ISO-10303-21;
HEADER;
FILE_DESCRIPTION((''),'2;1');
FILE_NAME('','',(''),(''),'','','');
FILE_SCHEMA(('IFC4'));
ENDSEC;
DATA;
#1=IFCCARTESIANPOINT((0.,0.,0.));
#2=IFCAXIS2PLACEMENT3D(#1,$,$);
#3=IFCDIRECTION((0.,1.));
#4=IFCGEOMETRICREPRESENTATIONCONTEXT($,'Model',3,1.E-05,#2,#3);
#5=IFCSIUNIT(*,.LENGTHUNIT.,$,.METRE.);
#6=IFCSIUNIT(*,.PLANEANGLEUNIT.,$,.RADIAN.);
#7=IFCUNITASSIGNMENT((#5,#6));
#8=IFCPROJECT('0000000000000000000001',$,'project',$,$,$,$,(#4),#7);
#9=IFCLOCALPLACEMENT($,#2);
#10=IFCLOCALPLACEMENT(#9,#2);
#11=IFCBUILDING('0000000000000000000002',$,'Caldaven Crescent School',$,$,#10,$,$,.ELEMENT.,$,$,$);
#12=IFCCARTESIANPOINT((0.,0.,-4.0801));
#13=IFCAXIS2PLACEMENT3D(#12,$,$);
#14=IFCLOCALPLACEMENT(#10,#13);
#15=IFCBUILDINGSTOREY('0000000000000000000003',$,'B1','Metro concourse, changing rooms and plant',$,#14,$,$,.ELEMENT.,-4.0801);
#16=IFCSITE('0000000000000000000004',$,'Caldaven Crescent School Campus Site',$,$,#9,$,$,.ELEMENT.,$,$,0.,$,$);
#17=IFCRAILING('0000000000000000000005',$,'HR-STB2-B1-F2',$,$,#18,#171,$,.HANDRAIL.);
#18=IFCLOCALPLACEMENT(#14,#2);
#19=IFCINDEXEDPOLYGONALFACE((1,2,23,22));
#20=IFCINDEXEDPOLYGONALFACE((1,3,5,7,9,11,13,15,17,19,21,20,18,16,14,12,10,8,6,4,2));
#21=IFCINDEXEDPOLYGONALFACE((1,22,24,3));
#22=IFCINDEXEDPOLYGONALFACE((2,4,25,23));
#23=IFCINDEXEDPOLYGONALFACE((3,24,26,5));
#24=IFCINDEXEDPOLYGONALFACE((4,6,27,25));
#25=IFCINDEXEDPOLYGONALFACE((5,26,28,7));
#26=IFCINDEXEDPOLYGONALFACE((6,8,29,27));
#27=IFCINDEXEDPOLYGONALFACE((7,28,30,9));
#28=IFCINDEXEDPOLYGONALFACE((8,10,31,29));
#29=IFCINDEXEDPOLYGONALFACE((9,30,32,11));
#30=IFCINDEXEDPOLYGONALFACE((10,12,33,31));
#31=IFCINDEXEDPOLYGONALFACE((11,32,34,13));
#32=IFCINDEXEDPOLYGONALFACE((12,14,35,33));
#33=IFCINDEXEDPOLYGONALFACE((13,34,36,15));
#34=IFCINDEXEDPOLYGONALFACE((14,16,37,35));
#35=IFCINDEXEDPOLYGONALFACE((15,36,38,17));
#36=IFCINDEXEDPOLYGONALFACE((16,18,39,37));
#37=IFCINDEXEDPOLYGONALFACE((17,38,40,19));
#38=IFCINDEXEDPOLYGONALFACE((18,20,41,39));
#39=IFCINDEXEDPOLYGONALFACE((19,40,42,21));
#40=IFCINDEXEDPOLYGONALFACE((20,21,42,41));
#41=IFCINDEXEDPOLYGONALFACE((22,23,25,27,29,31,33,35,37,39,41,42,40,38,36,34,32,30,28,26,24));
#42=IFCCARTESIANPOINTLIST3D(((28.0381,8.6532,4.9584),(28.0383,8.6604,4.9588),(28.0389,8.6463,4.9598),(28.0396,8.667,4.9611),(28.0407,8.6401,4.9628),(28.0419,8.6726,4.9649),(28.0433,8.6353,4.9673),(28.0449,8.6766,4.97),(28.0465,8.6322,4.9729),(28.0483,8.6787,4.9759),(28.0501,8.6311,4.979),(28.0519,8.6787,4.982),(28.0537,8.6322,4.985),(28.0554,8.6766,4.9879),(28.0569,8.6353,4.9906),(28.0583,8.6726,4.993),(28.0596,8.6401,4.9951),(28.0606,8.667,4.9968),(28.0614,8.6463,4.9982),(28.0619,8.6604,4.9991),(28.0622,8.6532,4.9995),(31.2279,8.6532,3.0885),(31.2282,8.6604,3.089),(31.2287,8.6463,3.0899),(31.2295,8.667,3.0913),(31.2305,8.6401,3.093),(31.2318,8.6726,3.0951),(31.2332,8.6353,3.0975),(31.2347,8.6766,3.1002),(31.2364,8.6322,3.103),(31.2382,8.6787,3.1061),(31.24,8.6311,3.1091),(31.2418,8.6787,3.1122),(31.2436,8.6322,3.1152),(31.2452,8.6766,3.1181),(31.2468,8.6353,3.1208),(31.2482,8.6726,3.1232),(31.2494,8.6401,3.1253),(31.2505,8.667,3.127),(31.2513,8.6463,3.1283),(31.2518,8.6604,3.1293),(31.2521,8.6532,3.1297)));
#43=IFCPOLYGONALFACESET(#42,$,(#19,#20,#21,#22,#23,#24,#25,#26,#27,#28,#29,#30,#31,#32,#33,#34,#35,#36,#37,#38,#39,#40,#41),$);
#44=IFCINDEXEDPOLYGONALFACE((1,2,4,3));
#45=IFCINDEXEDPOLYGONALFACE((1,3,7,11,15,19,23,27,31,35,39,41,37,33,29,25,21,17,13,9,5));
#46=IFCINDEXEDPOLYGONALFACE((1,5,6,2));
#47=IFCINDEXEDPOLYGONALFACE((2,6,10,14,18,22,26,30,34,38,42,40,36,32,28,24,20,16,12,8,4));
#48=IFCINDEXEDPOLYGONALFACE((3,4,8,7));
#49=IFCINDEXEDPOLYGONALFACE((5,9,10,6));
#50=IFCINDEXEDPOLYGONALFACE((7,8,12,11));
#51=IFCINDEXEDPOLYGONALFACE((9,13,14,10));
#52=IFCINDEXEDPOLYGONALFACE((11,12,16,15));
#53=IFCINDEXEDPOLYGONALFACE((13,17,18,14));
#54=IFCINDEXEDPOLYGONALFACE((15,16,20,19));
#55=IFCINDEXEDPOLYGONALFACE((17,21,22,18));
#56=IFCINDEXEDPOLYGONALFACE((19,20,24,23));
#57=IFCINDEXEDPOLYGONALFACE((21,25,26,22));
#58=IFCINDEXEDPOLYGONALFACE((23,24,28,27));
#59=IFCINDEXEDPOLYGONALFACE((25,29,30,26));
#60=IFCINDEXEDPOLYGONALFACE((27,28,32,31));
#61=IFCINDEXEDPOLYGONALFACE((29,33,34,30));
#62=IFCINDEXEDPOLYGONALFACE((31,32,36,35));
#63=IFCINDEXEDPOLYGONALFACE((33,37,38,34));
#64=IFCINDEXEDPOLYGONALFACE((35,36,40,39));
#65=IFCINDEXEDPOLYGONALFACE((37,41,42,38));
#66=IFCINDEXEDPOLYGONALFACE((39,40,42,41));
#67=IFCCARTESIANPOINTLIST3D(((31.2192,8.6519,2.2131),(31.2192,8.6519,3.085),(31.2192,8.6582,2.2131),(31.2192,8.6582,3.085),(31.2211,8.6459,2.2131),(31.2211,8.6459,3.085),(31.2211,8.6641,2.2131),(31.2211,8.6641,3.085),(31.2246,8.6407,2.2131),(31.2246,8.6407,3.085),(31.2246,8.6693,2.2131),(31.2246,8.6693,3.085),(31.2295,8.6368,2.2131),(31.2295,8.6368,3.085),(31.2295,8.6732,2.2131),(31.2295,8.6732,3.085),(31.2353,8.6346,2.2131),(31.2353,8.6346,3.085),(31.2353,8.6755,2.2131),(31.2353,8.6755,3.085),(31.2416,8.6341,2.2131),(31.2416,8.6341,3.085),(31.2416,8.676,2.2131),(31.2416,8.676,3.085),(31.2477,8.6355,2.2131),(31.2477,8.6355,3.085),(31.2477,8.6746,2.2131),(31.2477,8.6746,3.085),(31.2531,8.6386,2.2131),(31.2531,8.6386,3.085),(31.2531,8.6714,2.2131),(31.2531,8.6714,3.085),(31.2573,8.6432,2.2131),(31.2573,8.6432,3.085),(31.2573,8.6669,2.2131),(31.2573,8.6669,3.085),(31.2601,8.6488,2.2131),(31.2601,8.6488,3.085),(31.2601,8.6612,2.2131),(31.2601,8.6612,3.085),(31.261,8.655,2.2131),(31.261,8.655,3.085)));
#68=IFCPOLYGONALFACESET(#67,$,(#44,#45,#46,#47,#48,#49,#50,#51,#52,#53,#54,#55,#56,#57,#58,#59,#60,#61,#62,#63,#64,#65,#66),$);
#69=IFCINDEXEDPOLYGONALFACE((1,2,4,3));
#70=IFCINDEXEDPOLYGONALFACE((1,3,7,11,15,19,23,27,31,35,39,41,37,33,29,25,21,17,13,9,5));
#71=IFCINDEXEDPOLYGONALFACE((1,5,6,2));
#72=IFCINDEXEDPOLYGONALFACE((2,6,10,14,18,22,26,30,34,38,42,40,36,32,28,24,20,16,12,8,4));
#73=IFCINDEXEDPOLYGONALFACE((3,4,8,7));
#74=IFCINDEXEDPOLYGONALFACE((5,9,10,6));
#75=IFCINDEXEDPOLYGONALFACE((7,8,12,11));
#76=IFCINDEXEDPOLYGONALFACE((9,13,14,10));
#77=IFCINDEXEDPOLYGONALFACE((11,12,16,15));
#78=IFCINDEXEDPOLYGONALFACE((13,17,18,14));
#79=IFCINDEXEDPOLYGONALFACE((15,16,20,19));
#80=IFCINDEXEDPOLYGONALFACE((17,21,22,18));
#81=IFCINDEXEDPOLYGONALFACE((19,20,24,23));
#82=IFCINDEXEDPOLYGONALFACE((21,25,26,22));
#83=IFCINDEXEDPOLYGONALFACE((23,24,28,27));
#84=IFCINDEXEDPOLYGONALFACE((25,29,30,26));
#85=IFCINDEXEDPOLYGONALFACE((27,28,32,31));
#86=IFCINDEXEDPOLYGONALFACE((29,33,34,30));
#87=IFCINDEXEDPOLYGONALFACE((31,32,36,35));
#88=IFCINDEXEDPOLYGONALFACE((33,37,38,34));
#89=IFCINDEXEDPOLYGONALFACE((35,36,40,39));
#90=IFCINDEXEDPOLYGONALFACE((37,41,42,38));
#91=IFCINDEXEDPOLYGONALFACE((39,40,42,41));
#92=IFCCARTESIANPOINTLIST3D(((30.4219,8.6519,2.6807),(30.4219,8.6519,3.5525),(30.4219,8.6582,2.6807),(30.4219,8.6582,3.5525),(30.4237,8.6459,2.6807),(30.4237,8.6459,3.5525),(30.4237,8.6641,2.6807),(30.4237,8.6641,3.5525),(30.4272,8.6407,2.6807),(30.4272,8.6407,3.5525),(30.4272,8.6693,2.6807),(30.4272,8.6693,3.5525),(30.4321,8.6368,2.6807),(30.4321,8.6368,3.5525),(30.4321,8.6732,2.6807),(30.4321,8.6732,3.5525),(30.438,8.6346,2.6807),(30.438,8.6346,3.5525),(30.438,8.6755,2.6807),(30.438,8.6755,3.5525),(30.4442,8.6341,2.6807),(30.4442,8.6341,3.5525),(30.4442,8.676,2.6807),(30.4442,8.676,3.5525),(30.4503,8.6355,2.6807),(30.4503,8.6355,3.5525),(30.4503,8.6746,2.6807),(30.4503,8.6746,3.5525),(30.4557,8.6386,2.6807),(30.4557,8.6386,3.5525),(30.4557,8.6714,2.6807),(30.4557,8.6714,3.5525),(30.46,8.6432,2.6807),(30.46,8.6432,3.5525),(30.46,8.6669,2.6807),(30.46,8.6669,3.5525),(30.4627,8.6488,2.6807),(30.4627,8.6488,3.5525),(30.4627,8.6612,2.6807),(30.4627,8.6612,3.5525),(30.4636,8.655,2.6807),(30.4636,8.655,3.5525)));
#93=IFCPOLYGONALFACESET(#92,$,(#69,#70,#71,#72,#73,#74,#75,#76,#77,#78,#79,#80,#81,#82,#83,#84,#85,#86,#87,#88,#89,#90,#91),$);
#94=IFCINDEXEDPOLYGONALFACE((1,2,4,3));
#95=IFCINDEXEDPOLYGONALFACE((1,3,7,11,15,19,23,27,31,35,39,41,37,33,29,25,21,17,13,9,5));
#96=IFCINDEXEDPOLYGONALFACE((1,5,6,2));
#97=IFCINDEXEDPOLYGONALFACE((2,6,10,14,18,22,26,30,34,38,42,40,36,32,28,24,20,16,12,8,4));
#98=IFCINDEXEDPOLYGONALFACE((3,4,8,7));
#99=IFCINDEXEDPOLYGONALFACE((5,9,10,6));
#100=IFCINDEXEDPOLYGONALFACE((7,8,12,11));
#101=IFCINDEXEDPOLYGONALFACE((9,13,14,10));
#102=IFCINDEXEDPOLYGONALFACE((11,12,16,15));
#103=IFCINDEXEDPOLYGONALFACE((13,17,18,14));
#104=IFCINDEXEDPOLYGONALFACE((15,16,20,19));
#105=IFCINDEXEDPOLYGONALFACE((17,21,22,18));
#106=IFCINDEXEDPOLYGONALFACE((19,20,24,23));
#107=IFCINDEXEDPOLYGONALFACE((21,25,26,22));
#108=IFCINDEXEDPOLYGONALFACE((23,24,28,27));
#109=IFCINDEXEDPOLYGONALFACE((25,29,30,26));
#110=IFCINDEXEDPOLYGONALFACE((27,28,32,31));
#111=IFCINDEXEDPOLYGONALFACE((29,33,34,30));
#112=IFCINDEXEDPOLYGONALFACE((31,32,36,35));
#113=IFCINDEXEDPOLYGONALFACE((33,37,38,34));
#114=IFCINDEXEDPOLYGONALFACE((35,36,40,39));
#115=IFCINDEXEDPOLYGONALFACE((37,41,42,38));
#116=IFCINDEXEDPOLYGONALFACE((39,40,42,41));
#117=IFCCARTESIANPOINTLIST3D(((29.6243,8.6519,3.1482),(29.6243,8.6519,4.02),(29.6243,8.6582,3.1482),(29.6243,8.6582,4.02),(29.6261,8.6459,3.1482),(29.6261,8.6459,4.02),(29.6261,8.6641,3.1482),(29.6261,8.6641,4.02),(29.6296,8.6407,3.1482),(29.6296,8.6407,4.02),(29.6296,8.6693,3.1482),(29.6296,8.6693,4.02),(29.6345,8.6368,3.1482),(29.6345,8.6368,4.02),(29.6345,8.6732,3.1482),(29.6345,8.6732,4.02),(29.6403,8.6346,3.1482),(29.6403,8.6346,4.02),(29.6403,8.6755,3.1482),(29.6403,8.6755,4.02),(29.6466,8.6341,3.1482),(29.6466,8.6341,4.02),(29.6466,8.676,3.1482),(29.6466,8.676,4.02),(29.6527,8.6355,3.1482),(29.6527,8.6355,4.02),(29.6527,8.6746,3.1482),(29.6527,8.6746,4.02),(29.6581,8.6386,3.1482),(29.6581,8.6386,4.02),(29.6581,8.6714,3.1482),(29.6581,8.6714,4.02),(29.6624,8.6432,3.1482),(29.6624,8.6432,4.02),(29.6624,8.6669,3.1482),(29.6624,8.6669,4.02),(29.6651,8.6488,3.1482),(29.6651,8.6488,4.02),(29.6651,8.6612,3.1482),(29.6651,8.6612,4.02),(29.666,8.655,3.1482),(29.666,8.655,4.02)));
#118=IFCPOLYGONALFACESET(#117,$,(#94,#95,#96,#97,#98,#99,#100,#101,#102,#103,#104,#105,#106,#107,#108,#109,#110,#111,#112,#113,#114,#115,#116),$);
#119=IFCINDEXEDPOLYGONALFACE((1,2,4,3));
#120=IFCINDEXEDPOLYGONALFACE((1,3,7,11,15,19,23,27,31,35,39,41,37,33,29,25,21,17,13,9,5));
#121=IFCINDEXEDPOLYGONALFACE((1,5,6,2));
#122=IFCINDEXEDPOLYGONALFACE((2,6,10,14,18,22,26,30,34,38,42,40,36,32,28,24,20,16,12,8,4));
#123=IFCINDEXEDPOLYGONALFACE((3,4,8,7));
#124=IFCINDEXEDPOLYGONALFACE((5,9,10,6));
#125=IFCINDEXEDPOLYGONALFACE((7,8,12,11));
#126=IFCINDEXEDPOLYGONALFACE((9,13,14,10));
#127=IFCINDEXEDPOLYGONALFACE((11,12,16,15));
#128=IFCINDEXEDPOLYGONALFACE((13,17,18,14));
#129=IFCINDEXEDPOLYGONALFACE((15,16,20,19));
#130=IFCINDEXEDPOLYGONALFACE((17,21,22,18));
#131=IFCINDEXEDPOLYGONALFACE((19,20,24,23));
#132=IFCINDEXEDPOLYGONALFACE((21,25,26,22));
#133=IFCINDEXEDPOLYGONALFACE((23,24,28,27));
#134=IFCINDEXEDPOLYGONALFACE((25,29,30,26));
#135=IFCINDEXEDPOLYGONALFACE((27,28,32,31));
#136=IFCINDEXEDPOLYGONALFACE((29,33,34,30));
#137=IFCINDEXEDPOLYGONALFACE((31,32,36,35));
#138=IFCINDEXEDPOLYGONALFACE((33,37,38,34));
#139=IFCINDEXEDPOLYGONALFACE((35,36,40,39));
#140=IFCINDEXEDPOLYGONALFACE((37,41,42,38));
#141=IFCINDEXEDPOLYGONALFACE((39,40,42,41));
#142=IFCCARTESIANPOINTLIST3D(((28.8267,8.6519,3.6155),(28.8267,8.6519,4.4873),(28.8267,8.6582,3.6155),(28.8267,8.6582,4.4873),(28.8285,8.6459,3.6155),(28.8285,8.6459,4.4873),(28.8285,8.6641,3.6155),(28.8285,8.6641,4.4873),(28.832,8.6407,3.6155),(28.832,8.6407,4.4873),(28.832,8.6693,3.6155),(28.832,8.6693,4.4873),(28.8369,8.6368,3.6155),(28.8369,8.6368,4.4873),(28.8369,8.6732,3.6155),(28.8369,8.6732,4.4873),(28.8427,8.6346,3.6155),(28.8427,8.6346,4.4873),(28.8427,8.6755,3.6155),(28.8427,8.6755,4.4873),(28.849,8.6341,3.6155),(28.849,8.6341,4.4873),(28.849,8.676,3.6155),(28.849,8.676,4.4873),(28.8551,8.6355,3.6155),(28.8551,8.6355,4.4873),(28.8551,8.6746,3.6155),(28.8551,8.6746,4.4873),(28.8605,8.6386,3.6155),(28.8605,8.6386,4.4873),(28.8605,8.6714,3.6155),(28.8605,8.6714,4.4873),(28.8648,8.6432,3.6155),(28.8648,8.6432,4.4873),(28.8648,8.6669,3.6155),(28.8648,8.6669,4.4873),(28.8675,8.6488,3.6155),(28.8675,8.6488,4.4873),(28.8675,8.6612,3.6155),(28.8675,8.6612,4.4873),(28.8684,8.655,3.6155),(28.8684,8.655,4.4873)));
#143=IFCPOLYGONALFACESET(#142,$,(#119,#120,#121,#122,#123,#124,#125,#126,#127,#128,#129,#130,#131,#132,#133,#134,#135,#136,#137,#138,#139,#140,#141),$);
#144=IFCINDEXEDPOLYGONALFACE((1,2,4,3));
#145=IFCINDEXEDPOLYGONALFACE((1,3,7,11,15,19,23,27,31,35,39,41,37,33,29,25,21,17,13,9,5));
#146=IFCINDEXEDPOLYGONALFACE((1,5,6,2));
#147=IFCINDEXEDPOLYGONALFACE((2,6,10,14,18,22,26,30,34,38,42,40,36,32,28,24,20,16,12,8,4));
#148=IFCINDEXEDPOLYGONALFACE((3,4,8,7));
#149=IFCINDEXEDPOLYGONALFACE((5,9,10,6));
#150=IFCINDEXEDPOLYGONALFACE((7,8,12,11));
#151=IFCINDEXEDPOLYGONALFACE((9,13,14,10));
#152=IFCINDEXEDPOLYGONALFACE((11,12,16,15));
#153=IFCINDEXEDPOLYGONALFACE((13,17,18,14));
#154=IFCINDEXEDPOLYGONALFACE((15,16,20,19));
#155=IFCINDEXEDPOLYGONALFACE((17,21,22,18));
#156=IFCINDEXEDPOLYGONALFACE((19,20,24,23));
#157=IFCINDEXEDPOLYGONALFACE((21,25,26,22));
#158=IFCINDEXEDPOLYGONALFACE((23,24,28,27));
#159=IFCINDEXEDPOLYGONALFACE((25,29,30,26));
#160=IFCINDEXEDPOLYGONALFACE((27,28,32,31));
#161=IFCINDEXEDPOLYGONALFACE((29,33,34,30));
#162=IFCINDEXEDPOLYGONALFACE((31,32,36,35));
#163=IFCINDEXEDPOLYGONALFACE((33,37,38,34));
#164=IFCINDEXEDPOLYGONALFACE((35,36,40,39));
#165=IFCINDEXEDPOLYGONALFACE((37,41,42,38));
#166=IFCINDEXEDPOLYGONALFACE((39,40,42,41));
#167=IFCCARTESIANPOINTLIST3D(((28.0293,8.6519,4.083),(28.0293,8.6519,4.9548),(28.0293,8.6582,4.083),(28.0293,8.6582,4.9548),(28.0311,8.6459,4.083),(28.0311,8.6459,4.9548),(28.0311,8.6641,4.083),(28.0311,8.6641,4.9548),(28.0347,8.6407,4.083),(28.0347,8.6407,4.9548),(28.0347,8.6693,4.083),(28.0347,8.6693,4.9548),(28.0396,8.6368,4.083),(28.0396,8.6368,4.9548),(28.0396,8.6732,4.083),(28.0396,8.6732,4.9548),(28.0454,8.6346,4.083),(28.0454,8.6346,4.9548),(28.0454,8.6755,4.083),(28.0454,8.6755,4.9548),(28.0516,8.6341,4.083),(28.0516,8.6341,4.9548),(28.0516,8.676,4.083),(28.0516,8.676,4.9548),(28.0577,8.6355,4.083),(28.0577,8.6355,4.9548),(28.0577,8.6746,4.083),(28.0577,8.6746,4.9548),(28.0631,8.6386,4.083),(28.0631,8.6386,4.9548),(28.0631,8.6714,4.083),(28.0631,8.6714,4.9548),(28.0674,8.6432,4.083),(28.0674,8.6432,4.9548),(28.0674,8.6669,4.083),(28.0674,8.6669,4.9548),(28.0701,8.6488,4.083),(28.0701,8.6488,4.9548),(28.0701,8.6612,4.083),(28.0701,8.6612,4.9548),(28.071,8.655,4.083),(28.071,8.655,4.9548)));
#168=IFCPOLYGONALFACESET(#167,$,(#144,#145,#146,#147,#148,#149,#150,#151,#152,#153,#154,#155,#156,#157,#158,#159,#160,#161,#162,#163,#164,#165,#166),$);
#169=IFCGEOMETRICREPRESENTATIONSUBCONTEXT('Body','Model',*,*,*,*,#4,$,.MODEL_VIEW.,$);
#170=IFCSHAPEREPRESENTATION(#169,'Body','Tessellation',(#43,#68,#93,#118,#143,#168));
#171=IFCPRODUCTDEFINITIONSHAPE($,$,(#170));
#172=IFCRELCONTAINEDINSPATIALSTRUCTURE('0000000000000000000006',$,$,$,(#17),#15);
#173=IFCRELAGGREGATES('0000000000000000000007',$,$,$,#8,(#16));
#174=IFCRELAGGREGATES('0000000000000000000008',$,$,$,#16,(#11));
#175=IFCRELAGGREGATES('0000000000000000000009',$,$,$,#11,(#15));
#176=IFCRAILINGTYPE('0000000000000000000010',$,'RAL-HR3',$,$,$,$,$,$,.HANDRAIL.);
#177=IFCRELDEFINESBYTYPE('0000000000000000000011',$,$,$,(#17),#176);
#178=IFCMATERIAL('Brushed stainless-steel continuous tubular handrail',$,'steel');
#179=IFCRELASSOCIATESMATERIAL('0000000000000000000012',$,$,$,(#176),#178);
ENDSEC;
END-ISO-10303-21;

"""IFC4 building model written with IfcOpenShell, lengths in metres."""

from ifc_helpers import new_model, si_unit, direction, frame, origin, origin_2d, place, context, subcontext, project, spatial, circle, extrude, material, type_object, element, save


model = new_model("IFC4")

# Units and contexts
model_context = context("Model", 3, precision=1e-05, world=origin(), true_north=direction((0.0, 1.0)))
body_context = subcontext(model_context, "Body", "Model", "MODEL_VIEW")
ifc_project = project(units=[si_unit("LENGTHUNIT", "METRE"), si_unit("PLANEANGLEUNIT", "RADIAN")], contexts=[model_context])

# Site, building, storey
site_placement = place(None, origin())
site = spatial("IfcSite", under=ifc_project, at=site_placement, Name="Caldaven Crescent School Campus Site", CompositionType="ELEMENT", RefElevation=0.0)
building_placement = place(site_placement, origin())
building = spatial("IfcBuilding", under=site, at=building_placement, Name="Caldaven Crescent School", CompositionType="ELEMENT")
storey_placement = place(building_placement, frame((0.0, 0.0, -4.0801)))
storey = spatial("IfcBuildingStorey", under=building, at=storey_placement, Name="B1", Description="Metro concourse, changing rooms and plant", CompositionType="ELEMENT", Elevation=-4.0801)

# Railing
ifc_material_1 = material(Name="Brushed stainless-steel continuous tubular handrail", Category="steel")
railing_type_1 = type_object("IfcRailingType", Name="RAL-HR3", PredefinedType="HANDRAIL", material=ifc_material_1)
railing_1_placement = place(storey_placement, frame((31.24, 8.655, 2.2131)))
element("IfcRailing", 1, at=railing_1_placement, inside=storey, type_object=railing_type_1, Name="HR-STB2-B1-F2", PredefinedType="HANDRAIL", context=body_context, shape_type="SweptSolid", body=[
    extrude(circle(Radius=0.0239, at=origin_2d()), frame((0.0, 0.0, 0.896), z_axis=(-0.862709, 0.0, 0.505701), x_axis=(0.0, -1.0, 0.0)), (0.0, 0.0, 1.0), 3.6975),
    extrude(circle(Radius=0.021, at=origin_2d()), origin(), (0.0, 0.0, 1.0), 0.8718),
    extrude(circle(Radius=0.021, at=origin_2d()), frame((-0.7974, 0.0, 0.4675)), (0.0, 0.0, 1.0), 0.8718),
    extrude(circle(Radius=0.021, at=origin_2d()), frame((-1.595, 0.0, 0.9351)), (0.0, 0.0, 1.0), 0.8718),
    extrude(circle(Radius=0.021, at=origin_2d()), frame((-2.3926, 0.0, 1.4023)), (0.0, 0.0, 1.0), 0.8718),
    extrude(circle(Radius=0.021, at=origin_2d()), frame((-3.1899, 0.0, 1.8699)), (0.0, 0.0, 1.0), 0.8718),
])

save(model, "model.ifc")
